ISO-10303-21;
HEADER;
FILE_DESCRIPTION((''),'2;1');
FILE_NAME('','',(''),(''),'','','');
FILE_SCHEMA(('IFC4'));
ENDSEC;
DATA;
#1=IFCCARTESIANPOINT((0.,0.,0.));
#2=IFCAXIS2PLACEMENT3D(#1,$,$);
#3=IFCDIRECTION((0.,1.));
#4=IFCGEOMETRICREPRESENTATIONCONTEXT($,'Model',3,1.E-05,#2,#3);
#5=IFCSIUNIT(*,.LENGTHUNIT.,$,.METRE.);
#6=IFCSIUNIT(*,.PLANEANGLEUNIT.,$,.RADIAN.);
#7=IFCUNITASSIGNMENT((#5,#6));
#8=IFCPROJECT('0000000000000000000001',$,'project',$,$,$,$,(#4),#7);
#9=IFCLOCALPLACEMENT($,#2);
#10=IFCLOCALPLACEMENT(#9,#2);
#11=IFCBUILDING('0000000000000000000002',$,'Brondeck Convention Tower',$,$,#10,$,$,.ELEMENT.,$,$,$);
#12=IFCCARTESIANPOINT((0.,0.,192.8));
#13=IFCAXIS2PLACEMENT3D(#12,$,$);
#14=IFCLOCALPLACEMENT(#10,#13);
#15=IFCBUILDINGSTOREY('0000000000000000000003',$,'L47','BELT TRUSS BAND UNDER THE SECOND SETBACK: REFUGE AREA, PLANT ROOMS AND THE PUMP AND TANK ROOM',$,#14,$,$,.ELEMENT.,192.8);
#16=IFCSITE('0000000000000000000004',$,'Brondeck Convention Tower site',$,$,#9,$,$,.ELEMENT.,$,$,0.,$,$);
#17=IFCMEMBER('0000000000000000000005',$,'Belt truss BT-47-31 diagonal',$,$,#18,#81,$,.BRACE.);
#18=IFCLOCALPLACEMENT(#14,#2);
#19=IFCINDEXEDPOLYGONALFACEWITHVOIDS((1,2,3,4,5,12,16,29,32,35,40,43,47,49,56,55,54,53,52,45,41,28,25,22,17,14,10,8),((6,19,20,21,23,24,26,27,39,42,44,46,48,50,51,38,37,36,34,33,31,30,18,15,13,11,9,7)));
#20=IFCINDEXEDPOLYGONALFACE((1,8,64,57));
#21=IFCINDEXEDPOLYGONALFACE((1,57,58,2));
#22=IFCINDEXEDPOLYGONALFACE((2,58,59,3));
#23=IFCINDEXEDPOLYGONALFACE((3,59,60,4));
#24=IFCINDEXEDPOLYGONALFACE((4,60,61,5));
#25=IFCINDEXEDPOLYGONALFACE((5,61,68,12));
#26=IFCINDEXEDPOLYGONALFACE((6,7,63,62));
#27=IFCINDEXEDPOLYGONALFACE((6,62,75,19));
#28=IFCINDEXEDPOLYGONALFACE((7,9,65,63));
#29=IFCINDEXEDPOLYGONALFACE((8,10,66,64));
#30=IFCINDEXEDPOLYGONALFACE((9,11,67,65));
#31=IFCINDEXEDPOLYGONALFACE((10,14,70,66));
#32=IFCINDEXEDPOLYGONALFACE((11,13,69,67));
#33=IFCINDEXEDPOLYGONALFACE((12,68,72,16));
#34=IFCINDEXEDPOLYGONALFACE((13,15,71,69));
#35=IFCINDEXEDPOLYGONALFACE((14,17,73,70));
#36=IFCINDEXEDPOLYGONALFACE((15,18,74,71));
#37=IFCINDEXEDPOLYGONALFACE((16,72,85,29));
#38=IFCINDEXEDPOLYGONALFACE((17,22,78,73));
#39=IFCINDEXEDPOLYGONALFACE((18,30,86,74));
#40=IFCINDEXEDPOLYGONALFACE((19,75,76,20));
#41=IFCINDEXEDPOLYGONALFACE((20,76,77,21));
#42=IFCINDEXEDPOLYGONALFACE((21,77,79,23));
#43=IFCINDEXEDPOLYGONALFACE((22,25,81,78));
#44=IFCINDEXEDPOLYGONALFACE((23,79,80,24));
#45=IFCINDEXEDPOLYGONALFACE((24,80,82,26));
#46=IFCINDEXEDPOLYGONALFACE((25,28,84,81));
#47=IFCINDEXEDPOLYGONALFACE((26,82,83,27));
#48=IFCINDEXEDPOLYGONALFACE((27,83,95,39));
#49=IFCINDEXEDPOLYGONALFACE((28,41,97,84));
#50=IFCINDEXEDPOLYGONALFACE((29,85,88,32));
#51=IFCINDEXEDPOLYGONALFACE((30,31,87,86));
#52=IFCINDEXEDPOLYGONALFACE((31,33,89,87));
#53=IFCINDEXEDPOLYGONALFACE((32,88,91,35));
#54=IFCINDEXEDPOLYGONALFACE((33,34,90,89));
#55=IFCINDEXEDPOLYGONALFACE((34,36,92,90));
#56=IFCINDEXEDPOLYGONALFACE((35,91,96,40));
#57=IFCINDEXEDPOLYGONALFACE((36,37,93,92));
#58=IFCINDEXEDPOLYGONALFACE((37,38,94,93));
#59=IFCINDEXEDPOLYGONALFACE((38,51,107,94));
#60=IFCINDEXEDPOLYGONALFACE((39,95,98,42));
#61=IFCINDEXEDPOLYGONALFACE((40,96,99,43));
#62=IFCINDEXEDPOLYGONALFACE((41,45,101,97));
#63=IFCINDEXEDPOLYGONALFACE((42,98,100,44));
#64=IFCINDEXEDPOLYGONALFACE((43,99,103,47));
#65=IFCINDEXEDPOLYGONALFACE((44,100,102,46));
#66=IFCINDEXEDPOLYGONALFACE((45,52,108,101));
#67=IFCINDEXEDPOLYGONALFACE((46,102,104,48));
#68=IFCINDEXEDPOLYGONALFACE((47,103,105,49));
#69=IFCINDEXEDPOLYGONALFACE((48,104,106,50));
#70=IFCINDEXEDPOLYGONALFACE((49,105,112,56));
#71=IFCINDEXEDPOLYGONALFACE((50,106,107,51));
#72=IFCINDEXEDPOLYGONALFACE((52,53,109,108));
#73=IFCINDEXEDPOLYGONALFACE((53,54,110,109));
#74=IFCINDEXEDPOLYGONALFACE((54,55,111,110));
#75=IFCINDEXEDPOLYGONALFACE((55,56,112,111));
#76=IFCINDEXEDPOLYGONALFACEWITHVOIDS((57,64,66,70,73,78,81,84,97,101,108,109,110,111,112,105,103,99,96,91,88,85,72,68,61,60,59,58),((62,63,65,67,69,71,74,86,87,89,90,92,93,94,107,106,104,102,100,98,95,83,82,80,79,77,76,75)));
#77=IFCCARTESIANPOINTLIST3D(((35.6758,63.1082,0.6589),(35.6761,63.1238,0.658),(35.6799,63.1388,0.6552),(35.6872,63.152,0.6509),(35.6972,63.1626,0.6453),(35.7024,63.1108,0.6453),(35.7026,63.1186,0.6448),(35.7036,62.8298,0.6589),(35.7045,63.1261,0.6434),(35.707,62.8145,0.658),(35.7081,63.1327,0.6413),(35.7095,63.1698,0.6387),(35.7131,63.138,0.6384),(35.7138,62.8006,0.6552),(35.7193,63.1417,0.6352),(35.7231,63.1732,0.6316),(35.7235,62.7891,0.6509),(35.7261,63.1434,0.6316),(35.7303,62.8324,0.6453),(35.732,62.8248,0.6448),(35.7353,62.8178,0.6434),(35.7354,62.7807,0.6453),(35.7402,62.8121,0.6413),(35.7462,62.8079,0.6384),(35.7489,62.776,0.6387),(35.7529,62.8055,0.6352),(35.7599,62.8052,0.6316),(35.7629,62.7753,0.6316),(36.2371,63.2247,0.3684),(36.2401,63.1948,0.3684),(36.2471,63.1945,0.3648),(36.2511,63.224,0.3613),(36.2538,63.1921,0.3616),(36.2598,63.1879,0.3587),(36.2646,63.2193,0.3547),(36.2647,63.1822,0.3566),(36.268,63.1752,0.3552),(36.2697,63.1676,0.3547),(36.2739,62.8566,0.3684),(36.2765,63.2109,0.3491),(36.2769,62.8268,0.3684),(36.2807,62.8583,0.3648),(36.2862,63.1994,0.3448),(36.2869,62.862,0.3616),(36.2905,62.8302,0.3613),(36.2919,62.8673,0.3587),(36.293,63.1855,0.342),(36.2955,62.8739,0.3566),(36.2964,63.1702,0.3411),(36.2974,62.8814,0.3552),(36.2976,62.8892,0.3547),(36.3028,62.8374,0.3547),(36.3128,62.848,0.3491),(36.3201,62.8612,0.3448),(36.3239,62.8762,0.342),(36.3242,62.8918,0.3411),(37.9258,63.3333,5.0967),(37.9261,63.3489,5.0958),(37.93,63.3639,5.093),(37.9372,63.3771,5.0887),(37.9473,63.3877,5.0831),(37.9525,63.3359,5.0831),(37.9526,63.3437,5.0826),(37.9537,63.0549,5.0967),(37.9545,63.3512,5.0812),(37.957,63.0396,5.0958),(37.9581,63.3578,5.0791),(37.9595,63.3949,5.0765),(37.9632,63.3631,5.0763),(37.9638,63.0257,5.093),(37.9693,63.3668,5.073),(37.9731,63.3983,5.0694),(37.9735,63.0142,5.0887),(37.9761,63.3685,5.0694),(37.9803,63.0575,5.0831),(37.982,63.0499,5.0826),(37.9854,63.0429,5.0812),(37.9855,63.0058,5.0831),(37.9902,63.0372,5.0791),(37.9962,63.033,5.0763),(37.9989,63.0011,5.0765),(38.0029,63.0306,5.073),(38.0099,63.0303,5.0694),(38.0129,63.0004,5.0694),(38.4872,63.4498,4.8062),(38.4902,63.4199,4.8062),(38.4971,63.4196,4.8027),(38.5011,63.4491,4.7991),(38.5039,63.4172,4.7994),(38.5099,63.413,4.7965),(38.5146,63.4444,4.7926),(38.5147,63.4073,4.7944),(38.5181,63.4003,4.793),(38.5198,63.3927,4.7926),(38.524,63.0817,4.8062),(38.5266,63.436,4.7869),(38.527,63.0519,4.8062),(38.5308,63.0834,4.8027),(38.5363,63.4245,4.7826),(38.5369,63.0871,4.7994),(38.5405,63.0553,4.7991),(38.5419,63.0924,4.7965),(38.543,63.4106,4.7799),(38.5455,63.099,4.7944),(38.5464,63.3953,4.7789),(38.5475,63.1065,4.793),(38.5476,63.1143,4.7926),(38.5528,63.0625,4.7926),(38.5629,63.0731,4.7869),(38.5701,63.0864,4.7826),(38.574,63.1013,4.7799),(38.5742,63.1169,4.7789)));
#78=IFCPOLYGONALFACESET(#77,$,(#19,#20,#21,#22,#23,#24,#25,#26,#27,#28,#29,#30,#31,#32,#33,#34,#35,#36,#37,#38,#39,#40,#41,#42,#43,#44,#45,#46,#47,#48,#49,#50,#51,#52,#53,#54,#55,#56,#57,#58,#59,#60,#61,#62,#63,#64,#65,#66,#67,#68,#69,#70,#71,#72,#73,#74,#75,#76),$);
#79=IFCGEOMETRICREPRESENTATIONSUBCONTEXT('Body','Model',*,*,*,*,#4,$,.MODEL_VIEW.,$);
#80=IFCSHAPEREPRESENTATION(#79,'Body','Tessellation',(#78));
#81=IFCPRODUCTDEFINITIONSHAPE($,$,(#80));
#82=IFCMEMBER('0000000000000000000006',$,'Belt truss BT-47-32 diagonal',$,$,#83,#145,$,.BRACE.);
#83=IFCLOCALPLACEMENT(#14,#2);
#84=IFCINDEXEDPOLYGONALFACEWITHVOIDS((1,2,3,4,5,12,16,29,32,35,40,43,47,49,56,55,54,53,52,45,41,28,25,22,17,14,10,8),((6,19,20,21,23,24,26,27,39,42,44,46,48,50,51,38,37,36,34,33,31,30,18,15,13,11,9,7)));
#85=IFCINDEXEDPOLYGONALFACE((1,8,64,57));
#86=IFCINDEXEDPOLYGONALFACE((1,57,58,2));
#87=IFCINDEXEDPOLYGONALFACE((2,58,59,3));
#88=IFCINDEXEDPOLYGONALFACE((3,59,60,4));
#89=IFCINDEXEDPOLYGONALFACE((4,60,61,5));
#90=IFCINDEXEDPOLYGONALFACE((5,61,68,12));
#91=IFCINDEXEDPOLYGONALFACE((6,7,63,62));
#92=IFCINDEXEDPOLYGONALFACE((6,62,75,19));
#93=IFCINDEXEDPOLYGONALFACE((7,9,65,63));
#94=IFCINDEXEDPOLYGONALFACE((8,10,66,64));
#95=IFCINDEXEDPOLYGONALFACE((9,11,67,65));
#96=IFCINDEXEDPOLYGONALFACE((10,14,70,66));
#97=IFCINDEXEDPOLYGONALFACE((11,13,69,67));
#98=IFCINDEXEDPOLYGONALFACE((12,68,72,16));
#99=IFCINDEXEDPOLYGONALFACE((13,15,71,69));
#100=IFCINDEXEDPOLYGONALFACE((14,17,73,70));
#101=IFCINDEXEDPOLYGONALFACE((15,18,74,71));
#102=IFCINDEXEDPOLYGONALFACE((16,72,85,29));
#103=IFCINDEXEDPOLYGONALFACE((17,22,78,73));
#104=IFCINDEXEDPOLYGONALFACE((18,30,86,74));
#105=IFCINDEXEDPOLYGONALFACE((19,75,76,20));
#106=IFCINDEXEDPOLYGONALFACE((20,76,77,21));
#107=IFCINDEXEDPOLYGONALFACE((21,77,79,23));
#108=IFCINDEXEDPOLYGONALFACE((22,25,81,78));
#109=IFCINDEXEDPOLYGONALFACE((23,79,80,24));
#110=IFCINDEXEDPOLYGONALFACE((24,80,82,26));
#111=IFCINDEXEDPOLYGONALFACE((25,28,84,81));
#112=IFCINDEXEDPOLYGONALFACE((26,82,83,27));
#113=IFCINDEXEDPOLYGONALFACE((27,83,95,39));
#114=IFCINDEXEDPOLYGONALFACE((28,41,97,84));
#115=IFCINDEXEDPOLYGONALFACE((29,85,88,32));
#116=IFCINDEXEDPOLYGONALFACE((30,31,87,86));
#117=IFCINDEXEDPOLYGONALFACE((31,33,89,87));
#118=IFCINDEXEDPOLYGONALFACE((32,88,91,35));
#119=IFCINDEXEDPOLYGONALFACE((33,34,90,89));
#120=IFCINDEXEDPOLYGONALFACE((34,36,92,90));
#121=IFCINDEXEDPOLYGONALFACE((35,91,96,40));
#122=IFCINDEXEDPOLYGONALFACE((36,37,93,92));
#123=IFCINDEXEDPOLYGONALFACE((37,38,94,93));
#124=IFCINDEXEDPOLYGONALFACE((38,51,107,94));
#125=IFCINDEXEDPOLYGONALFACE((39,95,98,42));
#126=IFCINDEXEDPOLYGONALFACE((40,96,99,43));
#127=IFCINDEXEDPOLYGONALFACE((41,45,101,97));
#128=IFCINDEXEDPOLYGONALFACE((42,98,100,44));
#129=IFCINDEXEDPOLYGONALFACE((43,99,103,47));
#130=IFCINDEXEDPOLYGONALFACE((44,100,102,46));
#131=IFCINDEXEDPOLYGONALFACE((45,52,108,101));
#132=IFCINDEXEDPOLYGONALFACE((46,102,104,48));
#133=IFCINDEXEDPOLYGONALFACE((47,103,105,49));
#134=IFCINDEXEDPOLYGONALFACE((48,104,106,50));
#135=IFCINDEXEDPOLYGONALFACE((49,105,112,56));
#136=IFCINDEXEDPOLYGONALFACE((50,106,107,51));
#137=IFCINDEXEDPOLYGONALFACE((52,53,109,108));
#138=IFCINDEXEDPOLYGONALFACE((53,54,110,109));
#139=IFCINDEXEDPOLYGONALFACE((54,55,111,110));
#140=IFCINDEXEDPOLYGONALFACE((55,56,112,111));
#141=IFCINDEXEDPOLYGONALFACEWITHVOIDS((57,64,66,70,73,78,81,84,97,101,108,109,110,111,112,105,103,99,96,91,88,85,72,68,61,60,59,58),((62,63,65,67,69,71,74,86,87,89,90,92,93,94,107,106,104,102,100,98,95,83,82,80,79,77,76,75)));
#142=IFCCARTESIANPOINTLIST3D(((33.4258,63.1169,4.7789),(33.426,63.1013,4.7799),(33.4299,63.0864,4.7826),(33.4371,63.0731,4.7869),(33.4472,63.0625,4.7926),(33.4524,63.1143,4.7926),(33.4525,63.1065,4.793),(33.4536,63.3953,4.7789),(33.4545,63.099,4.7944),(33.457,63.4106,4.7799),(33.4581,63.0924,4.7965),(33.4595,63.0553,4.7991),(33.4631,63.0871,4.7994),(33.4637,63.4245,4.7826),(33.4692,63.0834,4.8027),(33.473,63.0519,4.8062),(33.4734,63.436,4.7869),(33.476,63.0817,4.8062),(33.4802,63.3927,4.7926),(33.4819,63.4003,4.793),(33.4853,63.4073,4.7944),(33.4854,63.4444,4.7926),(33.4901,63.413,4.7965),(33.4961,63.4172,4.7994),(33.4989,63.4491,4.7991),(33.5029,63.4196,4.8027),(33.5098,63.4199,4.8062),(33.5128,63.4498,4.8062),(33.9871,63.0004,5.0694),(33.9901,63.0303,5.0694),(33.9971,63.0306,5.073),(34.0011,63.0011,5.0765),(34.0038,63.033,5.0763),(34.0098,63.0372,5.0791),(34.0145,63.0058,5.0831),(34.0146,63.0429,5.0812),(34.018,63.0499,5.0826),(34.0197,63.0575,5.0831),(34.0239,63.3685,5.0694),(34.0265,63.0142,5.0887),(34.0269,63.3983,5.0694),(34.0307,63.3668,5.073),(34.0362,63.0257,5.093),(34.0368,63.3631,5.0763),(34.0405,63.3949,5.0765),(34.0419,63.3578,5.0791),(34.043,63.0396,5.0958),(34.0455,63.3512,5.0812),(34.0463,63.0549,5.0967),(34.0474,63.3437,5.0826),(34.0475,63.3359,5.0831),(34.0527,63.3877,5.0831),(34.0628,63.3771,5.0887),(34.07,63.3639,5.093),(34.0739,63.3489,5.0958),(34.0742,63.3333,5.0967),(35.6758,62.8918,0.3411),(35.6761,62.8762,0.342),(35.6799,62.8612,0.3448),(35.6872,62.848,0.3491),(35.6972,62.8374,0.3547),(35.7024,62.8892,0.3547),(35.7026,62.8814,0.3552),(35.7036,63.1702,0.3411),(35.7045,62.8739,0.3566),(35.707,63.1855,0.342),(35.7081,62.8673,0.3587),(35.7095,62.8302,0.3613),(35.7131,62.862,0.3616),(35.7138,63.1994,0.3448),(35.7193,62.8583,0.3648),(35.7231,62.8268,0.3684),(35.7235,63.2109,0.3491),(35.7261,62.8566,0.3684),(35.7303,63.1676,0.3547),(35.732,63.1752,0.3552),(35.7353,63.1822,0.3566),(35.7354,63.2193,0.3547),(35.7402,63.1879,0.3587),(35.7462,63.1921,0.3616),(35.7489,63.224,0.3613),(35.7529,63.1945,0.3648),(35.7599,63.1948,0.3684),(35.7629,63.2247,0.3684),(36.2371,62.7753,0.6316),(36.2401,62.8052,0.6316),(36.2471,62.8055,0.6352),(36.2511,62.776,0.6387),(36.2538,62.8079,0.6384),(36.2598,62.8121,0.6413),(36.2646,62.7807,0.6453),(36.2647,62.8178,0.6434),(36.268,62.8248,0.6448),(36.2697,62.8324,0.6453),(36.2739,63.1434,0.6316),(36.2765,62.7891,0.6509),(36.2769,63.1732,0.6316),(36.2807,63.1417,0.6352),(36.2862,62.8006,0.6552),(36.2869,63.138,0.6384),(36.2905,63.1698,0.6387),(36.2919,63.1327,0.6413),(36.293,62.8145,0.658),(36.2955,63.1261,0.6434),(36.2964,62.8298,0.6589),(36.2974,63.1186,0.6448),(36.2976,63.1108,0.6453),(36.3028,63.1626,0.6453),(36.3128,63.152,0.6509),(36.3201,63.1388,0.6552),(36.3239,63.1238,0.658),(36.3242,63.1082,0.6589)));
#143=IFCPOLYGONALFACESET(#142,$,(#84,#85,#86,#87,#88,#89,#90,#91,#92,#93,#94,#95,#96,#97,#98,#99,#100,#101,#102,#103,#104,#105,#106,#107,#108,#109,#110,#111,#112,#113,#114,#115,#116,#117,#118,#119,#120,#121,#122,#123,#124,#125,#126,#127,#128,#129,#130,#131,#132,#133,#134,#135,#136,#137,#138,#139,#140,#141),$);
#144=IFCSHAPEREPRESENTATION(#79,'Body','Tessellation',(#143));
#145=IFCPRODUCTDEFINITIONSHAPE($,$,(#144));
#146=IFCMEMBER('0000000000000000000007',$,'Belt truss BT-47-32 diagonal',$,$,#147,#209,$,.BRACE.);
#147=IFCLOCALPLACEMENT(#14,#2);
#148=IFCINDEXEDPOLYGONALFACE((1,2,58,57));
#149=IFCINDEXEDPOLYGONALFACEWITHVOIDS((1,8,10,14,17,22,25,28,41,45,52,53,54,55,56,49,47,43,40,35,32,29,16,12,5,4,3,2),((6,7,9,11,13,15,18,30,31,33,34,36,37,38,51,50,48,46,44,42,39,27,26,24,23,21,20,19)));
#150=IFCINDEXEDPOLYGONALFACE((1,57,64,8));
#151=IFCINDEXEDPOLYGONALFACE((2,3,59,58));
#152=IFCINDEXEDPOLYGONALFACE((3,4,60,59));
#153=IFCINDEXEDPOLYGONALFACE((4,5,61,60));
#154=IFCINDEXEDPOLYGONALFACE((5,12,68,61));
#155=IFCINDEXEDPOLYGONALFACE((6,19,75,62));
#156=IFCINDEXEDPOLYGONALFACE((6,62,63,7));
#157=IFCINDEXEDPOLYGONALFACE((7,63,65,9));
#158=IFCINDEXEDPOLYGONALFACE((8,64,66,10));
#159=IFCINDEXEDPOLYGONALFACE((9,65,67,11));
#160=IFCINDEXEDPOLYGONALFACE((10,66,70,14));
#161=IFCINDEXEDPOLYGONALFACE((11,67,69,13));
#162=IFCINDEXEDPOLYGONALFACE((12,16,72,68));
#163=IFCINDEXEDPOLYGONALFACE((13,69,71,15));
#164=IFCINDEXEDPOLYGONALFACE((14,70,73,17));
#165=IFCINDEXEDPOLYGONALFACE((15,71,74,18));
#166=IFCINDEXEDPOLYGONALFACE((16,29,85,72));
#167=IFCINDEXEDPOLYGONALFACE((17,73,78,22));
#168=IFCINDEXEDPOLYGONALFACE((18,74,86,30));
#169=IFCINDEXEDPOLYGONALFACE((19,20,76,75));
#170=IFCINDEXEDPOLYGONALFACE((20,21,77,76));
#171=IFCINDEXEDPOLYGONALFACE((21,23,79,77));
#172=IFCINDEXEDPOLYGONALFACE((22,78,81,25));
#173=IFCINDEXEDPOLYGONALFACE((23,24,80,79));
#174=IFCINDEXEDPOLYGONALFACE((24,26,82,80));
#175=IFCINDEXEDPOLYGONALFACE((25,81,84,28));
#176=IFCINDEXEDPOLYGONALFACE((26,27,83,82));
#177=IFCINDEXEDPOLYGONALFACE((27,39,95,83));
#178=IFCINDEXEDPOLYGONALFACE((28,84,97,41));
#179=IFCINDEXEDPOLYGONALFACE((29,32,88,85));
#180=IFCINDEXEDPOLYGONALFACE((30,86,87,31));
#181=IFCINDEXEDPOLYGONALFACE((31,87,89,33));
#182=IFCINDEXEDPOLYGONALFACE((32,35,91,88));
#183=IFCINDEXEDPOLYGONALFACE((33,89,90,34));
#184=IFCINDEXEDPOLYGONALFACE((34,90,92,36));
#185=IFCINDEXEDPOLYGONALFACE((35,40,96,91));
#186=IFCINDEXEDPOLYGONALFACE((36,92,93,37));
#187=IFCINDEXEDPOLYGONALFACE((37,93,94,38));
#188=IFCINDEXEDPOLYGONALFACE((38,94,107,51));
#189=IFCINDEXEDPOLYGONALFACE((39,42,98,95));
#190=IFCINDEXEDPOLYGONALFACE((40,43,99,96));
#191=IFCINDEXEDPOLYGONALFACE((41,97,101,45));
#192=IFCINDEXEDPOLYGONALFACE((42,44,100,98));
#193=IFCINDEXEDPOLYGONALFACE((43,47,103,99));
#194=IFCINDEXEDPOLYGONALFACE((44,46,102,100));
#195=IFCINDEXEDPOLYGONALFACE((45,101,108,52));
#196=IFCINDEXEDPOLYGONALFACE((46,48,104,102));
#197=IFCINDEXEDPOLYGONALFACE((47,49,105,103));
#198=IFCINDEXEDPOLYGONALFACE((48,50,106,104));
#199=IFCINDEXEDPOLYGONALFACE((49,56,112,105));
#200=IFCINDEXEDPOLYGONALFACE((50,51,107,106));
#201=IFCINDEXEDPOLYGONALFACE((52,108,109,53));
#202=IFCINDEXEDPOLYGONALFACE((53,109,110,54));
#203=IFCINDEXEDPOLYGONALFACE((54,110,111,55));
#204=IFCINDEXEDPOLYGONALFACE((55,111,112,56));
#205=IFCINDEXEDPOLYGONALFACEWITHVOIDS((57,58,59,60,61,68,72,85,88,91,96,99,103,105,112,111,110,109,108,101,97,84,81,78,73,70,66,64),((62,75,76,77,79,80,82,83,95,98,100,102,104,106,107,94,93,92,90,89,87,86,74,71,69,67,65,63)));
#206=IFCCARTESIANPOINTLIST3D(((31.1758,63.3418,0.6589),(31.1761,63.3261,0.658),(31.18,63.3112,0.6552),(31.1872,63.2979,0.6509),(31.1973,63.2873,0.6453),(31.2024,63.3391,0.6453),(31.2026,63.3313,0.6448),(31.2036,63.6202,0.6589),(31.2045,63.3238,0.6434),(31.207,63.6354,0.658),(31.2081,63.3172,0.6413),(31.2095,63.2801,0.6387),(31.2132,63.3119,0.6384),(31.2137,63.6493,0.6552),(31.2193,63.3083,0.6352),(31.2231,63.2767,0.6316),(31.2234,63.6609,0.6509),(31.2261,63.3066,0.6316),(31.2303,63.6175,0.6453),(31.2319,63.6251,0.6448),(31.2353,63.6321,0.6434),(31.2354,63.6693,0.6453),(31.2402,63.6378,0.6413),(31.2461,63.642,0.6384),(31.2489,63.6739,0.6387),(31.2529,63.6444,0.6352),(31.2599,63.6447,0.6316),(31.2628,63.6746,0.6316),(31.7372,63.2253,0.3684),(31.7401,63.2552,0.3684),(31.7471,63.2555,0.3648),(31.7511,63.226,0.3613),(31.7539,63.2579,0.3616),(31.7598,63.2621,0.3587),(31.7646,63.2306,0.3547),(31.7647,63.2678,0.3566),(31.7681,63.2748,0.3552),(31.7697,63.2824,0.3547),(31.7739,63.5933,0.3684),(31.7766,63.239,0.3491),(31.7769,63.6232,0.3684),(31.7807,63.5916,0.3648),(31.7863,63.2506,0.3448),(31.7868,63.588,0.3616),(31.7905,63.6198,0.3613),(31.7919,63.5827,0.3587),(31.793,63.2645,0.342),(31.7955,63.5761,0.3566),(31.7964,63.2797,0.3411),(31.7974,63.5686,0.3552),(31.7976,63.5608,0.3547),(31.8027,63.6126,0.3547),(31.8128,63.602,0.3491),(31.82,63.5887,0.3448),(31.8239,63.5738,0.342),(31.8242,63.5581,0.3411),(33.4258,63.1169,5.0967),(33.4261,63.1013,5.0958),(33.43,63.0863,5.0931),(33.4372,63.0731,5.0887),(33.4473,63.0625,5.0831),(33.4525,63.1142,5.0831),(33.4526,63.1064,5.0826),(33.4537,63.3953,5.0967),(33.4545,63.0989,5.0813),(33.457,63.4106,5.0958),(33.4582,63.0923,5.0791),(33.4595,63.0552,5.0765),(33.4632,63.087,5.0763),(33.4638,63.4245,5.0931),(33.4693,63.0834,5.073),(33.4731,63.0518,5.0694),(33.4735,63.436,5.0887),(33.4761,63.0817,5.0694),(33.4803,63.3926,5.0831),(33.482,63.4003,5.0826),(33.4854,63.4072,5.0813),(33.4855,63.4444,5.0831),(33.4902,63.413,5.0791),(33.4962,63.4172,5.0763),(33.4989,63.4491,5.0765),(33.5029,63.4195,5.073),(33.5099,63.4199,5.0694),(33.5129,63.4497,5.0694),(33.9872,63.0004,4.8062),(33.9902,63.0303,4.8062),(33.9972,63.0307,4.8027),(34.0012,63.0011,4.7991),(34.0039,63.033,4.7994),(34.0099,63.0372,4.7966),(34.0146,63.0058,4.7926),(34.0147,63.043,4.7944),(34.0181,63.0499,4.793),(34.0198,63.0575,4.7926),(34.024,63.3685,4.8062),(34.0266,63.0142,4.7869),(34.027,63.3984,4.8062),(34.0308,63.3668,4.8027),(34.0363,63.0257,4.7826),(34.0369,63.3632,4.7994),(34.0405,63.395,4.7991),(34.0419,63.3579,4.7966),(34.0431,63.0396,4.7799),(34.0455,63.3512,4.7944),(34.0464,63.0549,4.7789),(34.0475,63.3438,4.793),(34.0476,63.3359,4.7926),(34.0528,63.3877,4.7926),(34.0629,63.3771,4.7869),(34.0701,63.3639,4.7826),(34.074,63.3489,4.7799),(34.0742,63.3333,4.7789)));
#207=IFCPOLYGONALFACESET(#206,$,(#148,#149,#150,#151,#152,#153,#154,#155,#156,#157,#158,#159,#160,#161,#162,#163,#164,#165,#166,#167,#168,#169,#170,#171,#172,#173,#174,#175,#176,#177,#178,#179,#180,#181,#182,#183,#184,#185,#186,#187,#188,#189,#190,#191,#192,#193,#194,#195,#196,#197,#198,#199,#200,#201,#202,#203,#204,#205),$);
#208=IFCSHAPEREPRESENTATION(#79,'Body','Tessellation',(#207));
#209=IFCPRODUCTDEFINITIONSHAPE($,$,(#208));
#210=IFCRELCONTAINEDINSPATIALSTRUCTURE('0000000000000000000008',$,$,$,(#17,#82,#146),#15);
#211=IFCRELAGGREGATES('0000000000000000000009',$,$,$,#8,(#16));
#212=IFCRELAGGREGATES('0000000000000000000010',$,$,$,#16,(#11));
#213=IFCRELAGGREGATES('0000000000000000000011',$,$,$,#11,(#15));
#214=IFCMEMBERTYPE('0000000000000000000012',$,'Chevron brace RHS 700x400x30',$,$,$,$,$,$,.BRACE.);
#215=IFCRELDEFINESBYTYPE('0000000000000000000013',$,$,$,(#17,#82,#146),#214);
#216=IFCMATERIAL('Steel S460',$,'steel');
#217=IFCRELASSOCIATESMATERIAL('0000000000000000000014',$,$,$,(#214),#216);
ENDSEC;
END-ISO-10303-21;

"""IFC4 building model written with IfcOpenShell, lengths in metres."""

from ifc_helpers import new_model, si_unit, direction, frame, origin, origin_2d, place, context, subcontext, project, spatial, hollow_rectangle, extrude, material, material_profile, profile_set, type_object, element, save


model = new_model("IFC4")

# Units and contexts
model_context = context("Model", 3, precision=1e-05, world=origin(), true_north=direction((0.0, 1.0)))
body_context = subcontext(model_context, "Body", "Model", "MODEL_VIEW")
ifc_project = project(units=[si_unit("LENGTHUNIT", "METRE"), si_unit("PLANEANGLEUNIT", "RADIAN")], contexts=[model_context])

# Site, building, storey
site_placement = place(None, origin())
site = spatial("IfcSite", under=ifc_project, at=site_placement, Name="Brondeck Convention Tower site", CompositionType="ELEMENT", RefElevation=0.0)
building_placement = place(site_placement, origin())
building = spatial("IfcBuilding", under=site, at=building_placement, Name="Brondeck Convention Tower", CompositionType="ELEMENT")
storey_placement = place(building_placement, frame((0.0, 0.0, 192.8)))
storey = spatial("IfcBuildingStorey", under=building, at=storey_placement, Name="L47", Description="BELT TRUSS BAND UNDER THE SECOND SETBACK: REFUGE AREA, PLANT ROOMS AND THE PUMP AND TANK ROOM", CompositionType="ELEMENT", Elevation=192.8)

# Members
ifc_material_1 = material(Name="Steel S460", Category="steel")
ifc_material_profile_1 = material_profile(ifc_material_1, hollow_rectangle(XDim=0.3999, YDim=0.7, WallThickness=0.03, InnerFilletRadius=0.03, OuterFilletRadius=0.0601, at=origin_2d()), Name="RHS 700x400x30")
ifc_profile_set_1 = profile_set([ifc_material_profile_1], Name="Steel S460")
member_type_1 = type_object("IfcMemberType", Name="Chevron brace RHS 700x400x30", PredefinedType="BRACE", material=ifc_profile_set_1)
for number, where, z_axis, x_axis, name in (
    (1, (36.0, 63.0, 0.5), (0.451749, 0.045195, 0.890999), (-0.099546, 0.995033, 0.0), "Belt truss BT-47-31 diagonal"),
    (2, (36.0, 63.0, 0.5), (-0.451749, 0.045195, 0.890999), (-0.099546, -0.995033, 0.0), "Belt truss BT-47-32 diagonal"),
    (3, (31.5, 63.45, 0.5), (0.45175, -0.045146, 0.891001), (0.09944, 0.995044, 0.0), "Belt truss BT-47-32 diagonal"),
):
    element("IfcMember", number, at=place(storey_placement, frame(where, z_axis=z_axis, x_axis=x_axis)), inside=storey, type_object=member_type_1, Name=name, PredefinedType="BRACE", context=body_context, shape_type="SweptSolid", body=[
        extrude(hollow_rectangle(XDim=0.3999, YDim=0.7, WallThickness=0.03, InnerFilletRadius=0.03, OuterFilletRadius=0.0601, at=origin_2d()), origin(), (0.0, 0.0, 1.0), 4.9807),
    ])

save(model, "model.ifc")
